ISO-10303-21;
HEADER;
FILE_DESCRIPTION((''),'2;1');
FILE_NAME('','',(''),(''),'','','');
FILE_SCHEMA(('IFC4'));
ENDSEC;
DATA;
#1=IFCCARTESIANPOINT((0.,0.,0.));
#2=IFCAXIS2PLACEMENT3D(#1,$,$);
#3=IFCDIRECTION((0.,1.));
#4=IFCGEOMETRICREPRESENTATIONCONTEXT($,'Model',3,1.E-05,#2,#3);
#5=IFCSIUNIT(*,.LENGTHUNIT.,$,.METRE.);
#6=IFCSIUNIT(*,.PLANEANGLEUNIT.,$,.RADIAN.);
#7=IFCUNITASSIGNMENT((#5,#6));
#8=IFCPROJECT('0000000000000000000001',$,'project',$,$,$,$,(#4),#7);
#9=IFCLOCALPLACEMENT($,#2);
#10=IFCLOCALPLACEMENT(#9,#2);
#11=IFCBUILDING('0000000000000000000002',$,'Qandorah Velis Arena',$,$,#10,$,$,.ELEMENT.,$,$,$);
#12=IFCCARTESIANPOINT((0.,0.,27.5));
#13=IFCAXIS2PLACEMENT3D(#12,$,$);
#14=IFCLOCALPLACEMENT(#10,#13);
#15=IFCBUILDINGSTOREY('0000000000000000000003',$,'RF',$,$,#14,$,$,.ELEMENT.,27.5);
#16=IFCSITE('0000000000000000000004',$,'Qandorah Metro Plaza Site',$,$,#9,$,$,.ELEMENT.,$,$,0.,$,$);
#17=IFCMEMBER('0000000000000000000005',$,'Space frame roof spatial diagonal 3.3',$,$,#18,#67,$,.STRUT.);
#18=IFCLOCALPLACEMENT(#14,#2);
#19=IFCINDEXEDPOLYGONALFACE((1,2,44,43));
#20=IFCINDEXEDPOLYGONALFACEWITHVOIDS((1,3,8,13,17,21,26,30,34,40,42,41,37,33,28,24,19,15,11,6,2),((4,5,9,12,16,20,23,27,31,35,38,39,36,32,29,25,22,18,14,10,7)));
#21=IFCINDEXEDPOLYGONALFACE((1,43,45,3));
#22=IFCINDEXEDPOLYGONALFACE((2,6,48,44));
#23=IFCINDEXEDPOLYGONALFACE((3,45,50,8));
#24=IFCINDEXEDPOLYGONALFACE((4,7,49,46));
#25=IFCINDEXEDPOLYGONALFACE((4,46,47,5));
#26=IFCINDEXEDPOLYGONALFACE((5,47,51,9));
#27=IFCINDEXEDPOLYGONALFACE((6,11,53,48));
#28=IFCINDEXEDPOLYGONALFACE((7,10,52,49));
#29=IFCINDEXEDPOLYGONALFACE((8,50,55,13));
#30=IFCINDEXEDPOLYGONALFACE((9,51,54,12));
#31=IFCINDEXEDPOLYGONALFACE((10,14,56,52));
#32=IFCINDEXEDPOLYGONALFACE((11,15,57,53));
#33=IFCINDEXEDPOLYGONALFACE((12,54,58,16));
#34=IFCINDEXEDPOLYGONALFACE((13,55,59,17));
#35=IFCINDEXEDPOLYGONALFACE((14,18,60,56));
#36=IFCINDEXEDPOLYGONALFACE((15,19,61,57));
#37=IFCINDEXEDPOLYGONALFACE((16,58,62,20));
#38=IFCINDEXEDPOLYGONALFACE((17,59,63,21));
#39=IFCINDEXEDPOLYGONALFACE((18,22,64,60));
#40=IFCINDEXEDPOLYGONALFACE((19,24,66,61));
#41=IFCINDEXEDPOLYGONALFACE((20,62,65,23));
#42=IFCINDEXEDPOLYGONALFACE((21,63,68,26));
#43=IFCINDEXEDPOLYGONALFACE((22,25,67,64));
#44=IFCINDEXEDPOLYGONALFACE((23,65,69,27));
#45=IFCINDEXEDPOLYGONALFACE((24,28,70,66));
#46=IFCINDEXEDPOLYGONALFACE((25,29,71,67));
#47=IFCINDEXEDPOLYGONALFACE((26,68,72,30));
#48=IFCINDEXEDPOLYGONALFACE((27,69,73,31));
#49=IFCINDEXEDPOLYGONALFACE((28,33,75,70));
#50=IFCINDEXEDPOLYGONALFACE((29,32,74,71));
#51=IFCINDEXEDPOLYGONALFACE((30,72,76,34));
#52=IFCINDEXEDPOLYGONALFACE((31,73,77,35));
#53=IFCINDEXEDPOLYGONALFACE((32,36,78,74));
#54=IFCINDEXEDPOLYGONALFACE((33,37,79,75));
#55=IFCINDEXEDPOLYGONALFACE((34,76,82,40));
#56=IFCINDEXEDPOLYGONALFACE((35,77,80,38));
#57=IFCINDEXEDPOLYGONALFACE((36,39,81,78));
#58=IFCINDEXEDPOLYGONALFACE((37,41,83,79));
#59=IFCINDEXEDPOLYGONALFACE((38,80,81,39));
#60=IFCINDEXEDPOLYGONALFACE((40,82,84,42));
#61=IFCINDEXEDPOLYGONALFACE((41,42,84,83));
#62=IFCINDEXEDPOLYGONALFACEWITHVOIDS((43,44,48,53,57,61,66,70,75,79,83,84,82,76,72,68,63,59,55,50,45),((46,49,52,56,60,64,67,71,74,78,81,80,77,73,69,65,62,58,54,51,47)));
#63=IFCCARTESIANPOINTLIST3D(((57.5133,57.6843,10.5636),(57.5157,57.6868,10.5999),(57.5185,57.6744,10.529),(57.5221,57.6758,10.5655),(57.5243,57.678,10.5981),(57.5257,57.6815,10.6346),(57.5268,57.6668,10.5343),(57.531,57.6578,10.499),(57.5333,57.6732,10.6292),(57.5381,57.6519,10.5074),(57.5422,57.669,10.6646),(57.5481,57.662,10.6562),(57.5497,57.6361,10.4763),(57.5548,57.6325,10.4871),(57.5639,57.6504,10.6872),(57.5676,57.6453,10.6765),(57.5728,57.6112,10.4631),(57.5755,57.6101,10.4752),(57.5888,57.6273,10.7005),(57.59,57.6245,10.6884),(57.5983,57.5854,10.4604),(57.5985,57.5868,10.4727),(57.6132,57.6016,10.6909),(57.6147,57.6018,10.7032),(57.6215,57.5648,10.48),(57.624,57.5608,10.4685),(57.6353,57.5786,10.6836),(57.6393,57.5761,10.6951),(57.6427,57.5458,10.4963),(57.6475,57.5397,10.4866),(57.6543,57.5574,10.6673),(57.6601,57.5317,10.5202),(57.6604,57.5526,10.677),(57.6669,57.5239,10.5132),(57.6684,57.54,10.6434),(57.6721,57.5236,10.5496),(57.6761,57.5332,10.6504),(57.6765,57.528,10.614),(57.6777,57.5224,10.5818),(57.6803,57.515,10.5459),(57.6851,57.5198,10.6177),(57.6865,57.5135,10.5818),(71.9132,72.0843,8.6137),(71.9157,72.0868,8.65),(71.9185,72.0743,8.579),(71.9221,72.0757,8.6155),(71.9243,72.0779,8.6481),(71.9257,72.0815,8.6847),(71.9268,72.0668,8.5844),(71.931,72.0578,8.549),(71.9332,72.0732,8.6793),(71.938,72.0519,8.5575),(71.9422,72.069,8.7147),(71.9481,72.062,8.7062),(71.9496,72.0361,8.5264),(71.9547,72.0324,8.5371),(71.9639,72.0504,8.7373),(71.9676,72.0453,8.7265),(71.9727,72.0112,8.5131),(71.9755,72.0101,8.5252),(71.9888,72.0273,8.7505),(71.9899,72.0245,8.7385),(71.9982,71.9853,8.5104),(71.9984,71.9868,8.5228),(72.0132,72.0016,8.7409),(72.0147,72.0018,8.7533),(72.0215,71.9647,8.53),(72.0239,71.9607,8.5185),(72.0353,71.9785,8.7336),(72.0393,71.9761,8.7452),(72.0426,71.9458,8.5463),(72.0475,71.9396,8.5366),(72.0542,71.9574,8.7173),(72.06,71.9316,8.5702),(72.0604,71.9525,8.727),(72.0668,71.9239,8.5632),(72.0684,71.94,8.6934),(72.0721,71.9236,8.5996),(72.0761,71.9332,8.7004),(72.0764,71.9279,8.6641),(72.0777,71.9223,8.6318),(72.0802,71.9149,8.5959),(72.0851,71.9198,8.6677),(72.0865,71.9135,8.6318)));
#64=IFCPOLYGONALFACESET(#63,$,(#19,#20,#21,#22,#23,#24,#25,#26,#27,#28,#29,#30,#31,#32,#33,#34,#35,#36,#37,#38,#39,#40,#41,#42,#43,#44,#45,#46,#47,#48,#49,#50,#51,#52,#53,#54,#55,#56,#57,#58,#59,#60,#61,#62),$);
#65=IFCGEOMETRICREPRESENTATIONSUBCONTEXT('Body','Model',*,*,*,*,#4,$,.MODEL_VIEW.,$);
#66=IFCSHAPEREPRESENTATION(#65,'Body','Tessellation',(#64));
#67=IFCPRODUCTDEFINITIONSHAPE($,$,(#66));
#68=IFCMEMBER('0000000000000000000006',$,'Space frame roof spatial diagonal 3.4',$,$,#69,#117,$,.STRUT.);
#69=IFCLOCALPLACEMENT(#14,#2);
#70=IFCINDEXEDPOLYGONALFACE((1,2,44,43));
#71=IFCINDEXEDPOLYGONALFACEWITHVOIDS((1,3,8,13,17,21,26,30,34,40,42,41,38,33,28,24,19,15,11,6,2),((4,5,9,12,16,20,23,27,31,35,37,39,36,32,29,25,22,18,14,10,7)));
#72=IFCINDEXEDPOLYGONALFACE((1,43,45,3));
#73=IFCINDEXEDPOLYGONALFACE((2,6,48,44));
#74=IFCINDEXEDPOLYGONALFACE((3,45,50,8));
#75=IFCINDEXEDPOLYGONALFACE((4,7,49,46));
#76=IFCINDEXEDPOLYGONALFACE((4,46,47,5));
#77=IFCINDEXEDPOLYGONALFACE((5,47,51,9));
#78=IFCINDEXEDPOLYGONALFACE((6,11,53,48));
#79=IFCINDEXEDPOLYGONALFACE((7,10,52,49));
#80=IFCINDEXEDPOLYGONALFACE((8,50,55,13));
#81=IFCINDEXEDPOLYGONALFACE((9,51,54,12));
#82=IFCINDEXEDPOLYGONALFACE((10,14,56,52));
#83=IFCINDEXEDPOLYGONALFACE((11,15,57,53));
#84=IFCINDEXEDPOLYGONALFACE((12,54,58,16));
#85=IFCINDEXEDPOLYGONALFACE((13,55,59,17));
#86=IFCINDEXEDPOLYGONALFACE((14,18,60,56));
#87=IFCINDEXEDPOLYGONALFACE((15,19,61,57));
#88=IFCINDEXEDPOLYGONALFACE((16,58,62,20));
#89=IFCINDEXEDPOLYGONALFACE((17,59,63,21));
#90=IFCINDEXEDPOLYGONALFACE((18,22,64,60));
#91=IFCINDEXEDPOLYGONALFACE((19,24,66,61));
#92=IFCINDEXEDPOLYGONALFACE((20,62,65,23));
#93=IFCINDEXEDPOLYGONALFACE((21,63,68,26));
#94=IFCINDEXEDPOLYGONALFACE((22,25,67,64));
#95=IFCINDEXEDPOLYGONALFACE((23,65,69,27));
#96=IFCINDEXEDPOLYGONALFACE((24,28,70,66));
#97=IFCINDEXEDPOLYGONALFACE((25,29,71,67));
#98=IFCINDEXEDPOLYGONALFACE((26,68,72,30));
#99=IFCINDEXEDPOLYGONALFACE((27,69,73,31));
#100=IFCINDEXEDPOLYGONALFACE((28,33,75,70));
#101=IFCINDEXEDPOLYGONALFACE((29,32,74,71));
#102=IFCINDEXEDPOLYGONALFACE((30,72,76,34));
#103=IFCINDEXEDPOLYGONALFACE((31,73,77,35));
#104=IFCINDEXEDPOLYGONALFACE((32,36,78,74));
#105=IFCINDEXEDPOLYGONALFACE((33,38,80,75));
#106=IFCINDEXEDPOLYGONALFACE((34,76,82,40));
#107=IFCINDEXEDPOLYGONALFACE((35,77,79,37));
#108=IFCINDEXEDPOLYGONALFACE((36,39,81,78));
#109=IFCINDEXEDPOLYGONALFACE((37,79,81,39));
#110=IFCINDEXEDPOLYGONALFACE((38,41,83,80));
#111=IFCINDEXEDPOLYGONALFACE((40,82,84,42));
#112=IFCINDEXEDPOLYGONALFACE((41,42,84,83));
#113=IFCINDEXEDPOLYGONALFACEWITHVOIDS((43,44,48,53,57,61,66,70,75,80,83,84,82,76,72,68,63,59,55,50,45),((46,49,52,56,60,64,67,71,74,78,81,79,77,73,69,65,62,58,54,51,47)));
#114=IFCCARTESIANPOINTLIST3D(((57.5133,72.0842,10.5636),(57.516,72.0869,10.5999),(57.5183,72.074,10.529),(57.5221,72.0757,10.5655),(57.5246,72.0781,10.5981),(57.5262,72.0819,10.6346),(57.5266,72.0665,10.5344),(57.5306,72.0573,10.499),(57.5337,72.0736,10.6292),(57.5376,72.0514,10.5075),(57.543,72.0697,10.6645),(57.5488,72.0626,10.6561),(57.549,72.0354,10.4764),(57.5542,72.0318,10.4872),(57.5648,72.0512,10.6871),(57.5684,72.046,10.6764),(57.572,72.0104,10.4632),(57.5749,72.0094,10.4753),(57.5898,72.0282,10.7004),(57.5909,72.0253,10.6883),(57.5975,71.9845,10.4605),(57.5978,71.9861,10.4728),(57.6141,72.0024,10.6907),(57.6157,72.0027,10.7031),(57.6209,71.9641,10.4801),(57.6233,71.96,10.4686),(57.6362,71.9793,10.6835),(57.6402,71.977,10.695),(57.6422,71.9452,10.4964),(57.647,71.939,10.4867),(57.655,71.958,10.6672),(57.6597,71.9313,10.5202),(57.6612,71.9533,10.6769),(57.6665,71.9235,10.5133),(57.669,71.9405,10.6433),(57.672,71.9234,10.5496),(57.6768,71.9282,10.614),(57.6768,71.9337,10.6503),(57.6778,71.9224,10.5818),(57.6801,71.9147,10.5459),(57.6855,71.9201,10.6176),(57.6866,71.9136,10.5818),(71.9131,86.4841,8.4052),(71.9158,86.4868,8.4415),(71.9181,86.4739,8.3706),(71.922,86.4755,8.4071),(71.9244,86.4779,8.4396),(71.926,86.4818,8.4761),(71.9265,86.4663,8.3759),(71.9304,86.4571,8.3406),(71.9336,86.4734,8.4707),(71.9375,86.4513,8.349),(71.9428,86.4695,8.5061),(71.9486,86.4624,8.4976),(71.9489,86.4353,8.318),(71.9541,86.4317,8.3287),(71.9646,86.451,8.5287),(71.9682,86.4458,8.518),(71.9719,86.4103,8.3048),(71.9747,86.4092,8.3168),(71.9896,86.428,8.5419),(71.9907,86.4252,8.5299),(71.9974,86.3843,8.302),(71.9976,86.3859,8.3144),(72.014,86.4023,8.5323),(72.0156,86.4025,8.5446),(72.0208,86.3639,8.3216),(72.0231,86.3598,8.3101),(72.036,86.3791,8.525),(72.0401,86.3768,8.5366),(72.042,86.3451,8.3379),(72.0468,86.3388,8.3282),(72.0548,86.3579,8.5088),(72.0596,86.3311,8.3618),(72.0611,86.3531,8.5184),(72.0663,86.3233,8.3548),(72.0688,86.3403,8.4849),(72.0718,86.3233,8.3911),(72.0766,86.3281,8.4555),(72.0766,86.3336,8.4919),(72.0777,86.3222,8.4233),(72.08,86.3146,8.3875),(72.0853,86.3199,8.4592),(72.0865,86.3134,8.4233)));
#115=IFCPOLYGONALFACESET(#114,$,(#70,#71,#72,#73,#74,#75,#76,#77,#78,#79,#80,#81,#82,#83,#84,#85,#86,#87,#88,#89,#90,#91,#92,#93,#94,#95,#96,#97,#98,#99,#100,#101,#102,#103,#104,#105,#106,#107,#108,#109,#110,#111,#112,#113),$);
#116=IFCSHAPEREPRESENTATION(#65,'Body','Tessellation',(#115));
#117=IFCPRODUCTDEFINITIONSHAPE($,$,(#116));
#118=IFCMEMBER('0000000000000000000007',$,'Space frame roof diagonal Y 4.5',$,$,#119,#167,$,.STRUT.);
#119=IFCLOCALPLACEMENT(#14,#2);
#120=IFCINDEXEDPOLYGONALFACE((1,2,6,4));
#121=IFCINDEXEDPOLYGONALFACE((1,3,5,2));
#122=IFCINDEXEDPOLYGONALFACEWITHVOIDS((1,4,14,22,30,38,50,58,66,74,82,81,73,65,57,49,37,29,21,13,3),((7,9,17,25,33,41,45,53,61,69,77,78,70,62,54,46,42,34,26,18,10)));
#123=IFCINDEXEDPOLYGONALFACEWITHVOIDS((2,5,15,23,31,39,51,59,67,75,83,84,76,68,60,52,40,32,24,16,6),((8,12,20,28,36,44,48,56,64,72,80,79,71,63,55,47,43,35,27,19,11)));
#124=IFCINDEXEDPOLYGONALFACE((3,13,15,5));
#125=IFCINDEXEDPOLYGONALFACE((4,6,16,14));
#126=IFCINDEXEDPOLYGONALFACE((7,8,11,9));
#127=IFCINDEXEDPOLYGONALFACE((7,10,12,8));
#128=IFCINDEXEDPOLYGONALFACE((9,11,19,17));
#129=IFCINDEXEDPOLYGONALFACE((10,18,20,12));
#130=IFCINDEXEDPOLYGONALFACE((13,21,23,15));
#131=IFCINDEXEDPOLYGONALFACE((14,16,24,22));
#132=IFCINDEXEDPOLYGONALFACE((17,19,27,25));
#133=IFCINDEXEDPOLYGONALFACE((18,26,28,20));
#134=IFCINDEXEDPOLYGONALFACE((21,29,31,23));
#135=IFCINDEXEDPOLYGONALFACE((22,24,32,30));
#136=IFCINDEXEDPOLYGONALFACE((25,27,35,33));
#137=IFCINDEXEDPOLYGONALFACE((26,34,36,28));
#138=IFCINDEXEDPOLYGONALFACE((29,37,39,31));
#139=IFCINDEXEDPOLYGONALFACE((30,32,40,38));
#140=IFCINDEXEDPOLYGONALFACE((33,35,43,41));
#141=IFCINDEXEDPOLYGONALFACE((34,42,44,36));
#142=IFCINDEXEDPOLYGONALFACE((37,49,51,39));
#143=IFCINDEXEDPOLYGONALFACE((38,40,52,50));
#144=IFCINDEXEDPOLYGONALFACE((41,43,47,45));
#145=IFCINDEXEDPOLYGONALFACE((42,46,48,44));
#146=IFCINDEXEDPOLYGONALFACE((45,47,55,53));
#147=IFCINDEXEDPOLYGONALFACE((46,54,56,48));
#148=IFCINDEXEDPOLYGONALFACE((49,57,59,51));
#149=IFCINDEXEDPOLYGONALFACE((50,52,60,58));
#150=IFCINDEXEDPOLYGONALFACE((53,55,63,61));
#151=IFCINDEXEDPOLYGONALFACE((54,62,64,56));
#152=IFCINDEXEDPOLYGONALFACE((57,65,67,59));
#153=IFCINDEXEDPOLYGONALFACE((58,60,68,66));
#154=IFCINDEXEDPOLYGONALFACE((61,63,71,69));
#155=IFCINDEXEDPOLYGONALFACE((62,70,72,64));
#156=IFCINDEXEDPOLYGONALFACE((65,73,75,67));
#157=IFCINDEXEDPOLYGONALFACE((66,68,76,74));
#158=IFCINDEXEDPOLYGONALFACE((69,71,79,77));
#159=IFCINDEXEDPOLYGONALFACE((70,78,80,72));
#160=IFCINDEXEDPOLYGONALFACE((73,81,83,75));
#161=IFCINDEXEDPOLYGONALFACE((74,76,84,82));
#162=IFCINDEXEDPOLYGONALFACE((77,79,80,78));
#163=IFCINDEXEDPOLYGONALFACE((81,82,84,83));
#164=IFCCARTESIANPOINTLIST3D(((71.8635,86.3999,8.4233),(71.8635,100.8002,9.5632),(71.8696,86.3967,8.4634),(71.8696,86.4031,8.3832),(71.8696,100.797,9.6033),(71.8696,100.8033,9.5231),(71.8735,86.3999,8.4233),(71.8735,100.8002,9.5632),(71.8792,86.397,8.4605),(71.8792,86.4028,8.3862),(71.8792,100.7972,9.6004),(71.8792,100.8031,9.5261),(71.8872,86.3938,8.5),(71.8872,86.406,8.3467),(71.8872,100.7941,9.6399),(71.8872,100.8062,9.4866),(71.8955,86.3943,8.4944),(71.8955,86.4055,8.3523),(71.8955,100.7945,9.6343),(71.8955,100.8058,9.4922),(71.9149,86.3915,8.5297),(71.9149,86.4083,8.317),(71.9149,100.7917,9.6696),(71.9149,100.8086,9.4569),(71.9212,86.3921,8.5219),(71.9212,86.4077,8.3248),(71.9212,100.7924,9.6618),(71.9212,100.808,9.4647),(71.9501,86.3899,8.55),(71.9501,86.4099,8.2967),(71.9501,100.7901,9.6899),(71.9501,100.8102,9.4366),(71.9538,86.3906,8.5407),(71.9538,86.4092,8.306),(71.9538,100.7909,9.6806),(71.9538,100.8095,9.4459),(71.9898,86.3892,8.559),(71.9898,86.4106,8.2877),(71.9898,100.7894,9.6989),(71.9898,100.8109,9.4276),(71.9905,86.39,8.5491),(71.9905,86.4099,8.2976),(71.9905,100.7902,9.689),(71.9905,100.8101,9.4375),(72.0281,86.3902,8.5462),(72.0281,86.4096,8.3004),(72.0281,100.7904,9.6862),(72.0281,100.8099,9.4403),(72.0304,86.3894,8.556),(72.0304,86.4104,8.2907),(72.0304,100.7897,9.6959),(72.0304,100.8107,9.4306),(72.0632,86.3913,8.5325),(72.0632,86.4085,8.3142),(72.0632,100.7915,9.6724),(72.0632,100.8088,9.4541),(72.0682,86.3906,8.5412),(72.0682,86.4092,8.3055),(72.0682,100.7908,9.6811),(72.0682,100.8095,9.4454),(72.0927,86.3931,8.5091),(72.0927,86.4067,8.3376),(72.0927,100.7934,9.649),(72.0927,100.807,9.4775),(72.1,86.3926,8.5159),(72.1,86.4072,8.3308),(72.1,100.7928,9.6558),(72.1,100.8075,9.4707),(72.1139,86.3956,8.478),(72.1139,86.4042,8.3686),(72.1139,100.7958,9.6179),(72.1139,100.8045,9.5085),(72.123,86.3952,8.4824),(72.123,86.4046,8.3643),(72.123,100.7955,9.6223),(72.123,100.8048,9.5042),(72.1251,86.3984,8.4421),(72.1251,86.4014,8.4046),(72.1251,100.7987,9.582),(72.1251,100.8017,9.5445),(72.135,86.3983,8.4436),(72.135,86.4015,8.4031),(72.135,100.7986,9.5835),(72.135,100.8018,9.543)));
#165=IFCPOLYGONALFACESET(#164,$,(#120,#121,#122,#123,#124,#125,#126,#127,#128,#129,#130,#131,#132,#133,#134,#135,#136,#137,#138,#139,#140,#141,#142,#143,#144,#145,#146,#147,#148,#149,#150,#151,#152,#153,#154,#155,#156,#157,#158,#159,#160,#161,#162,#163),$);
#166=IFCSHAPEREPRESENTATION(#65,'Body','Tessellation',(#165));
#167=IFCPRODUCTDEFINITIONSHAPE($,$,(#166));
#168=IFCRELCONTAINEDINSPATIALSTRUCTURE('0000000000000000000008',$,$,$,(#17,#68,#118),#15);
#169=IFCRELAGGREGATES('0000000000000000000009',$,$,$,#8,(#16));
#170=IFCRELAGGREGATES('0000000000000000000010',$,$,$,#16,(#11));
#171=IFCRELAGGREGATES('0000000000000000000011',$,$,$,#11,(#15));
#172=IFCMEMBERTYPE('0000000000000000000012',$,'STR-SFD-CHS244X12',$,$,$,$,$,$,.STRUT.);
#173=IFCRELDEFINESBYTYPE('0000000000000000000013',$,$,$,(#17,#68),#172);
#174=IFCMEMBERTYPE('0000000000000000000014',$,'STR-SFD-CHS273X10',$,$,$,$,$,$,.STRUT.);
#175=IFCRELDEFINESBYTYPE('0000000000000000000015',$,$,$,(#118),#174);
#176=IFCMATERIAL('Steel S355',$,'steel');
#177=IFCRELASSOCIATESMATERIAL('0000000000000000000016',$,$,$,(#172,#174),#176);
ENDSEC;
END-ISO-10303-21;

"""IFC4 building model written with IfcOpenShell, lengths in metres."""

from ifc_helpers import new_model, si_unit, direction, frame, origin, origin_2d, place, context, subcontext, project, spatial, hollow_circle, extrude, material, material_profile, profile_set, type_object, element, save


model = new_model("IFC4")

# Units and contexts
model_context = context("Model", 3, precision=1e-05, world=origin(), true_north=direction((0.0, 1.0)))
body_context = subcontext(model_context, "Body", "Model", "MODEL_VIEW")
ifc_project = project(units=[si_unit("LENGTHUNIT", "METRE"), si_unit("PLANEANGLEUNIT", "RADIAN")], contexts=[model_context])

# Site, building, storey
site_placement = place(None, origin())
site = spatial("IfcSite", under=ifc_project, at=site_placement, Name="Qandorah Metro Plaza Site", CompositionType="ELEMENT", RefElevation=0.0)
building_placement = place(site_placement, origin())
building = spatial("IfcBuilding", under=site, at=building_placement, Name="Qandorah Velis Arena", CompositionType="ELEMENT")
storey_placement = place(building_placement, frame((0.0, 0.0, 27.5)))
storey = spatial("IfcBuildingStorey", under=building, at=storey_placement, Name="RF", CompositionType="ELEMENT", Elevation=27.5)

# Shared definitions
ifc_material_1 = material(Name="Steel S355", Category="steel")

# Members
ifc_material_profile_1 = material_profile(ifc_material_1, hollow_circle(Radius=0.1223, WallThickness=0.0125, at=origin_2d()), Name="CHS 244.5x12.5")
ifc_profile_set_1 = profile_set([ifc_material_profile_1], Name="Steel S355")
member_type_1 = type_object("IfcMemberType", Name="STR-SFD-CHS244X12", PredefinedType="STRUT", material=ifc_profile_set_1)
member_1_placement = place(storey_placement, frame((72.0, 72.0, 8.6318), z_axis=(-0.703887, -0.703887, 0.095316), x_axis=(0.707107, -0.707107, 0.0)))
element("IfcMember", 1, at=member_1_placement, inside=storey, type_object=member_type_1, Name="Space frame roof spatial diagonal 3.3", PredefinedType="STRUT", context=body_context, shape_type="SweptSolid", body=[
    extrude(hollow_circle(Radius=0.1223, WallThickness=0.0125, at=origin_2d()), origin(), (0.0, 0.0, 1.0), 20.4578),
])
member_2_placement = place(storey_placement, frame((72.0, 86.3999, 8.4233), z_axis=(-0.703168, -0.703168, 0.1054), x_axis=(0.707107, -0.707107, 0.0)))
element("IfcMember", 2, at=member_2_placement, inside=storey, type_object=member_type_1, Name="Space frame roof spatial diagonal 3.4", PredefinedType="STRUT", context=body_context, shape_type="SweptSolid", body=[
    extrude(hollow_circle(Radius=0.1223, WallThickness=0.0125, at=origin_2d()), origin(), (0.0, 0.0, 1.0), 20.4785),
])
ifc_material_profile_2 = material_profile(ifc_material_1, hollow_circle(Radius=0.1365, WallThickness=0.01, at=origin_2d()), Name="CHS 273x10")
ifc_profile_set_2 = profile_set([ifc_material_profile_2], Name="Steel S355")
member_type_2 = type_object("IfcMemberType", Name="STR-SFD-CHS273X10", PredefinedType="STRUT", material=ifc_profile_set_2)
member_3_placement = place(storey_placement, frame((72.0, 86.3999, 8.4233), z_axis=(0.0, 0.996882, 0.078912), x_axis=(-1.0, 0.0, 0.0)))
element("IfcMember", 3, at=member_3_placement, inside=storey, type_object=member_type_2, Name="Space frame roof diagonal Y 4.5", PredefinedType="STRUT", context=body_context, shape_type="SweptSolid", body=[
    extrude(hollow_circle(Radius=0.1365, WallThickness=0.01, at=origin_2d()), origin(), (0.0, 0.0, 1.0), 14.4453),
])

save(model, "model.ifc")
